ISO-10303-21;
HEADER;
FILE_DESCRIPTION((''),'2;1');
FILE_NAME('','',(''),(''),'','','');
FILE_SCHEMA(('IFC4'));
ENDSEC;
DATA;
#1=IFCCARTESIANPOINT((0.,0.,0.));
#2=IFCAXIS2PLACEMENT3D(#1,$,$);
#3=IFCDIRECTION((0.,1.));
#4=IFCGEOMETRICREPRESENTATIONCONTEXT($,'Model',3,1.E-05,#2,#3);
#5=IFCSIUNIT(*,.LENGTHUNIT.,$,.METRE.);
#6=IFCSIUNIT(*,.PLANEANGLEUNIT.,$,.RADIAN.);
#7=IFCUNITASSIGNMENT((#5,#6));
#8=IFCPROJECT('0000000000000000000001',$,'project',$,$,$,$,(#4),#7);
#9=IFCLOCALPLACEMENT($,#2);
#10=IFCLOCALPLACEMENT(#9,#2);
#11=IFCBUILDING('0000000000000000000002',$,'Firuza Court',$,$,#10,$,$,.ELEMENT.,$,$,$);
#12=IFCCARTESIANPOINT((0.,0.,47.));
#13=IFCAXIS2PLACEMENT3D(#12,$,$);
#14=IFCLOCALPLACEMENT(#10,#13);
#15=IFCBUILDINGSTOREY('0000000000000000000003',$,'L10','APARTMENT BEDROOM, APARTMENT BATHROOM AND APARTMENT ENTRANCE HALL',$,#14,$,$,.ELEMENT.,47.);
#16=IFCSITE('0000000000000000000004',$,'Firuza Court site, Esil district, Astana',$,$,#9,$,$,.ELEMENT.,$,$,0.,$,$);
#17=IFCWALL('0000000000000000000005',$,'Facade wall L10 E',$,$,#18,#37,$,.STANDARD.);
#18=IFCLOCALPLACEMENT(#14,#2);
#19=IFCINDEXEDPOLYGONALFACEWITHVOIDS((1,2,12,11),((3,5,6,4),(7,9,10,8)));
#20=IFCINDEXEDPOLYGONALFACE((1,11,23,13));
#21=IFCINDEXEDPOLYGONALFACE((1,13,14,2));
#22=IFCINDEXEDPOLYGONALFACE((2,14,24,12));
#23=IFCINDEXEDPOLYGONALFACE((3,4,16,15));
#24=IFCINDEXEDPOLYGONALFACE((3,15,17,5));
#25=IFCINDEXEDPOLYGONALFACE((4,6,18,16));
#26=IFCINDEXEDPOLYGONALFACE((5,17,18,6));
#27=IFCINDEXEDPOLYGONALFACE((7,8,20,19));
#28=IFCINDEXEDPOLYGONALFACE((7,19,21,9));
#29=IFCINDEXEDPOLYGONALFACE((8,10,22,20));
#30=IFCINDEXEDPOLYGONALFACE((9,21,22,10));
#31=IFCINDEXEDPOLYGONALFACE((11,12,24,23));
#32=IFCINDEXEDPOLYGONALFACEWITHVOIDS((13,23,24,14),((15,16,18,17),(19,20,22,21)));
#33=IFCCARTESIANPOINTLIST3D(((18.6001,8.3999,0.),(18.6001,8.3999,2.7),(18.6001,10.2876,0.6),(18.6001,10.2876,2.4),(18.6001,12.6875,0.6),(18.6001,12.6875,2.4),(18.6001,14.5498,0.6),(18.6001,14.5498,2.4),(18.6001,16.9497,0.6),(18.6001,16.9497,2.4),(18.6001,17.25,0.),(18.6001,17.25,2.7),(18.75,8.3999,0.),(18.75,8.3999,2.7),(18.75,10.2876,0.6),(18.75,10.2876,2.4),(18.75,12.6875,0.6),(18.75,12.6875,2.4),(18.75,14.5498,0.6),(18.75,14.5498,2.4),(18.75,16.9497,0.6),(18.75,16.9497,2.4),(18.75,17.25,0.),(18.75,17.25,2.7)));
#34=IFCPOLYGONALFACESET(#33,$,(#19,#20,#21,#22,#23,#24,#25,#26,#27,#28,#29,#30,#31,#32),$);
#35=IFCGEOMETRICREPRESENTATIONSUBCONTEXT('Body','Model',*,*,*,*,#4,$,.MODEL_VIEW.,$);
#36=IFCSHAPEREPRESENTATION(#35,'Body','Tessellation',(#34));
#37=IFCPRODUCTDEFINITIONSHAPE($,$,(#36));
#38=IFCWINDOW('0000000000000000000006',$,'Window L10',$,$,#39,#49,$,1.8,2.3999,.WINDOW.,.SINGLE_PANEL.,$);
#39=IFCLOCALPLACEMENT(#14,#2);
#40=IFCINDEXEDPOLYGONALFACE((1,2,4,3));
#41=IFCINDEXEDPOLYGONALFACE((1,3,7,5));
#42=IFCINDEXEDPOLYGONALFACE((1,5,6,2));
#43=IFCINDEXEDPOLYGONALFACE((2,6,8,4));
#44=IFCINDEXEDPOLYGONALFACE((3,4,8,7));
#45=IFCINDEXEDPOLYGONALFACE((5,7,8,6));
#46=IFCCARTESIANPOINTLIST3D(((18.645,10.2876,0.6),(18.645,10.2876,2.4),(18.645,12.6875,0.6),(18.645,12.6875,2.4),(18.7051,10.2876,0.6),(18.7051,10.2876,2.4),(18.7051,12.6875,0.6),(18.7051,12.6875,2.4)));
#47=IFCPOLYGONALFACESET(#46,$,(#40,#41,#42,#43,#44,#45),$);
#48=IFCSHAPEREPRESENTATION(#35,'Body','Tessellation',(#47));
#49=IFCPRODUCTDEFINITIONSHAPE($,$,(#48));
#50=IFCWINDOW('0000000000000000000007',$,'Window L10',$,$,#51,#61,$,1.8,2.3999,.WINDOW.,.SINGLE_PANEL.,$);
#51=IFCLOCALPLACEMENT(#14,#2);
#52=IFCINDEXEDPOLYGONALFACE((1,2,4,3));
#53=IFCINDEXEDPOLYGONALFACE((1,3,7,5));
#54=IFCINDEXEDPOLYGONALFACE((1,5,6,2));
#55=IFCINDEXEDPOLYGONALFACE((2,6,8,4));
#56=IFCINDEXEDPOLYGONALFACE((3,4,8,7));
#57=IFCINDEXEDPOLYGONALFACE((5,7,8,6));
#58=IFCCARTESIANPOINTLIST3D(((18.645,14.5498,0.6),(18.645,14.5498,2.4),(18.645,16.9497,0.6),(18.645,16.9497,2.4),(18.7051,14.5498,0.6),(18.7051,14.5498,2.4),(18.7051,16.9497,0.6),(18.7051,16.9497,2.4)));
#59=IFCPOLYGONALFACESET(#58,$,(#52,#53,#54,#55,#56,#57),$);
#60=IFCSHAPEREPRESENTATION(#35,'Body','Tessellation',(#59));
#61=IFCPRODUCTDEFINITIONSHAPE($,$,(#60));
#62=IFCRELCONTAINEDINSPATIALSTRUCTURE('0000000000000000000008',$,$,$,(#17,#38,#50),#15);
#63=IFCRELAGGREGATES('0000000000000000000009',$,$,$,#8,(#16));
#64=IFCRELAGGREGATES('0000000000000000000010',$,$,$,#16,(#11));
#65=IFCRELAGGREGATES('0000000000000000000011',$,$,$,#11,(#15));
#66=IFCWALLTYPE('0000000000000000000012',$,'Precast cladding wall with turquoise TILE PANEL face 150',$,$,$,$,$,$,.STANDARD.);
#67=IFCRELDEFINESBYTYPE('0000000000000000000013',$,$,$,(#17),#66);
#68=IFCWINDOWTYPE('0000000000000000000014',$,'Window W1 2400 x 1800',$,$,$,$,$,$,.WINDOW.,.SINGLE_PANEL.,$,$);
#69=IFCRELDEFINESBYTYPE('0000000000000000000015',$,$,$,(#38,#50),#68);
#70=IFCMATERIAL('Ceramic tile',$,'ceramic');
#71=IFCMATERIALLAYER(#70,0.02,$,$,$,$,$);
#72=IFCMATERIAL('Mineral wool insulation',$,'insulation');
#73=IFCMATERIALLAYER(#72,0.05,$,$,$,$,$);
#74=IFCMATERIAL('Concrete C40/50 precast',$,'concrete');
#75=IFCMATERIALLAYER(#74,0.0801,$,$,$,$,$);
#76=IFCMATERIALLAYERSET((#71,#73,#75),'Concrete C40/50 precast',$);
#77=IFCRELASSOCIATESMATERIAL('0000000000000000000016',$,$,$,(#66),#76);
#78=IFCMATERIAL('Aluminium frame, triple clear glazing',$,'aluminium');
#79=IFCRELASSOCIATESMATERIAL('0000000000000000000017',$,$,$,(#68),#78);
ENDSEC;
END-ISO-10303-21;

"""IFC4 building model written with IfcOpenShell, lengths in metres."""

from ifc_helpers import new_model, si_unit, direction, frame, frame_2d, origin, place, context, subcontext, project, spatial, rectangle, extrude, material, layer, layer_set, type_object, element, fill, save


model = new_model("IFC4")

# Units and contexts
model_context = context("Model", 3, precision=1e-05, world=origin(), true_north=direction((0.0, 1.0)))
body_context = subcontext(model_context, "Body", "Model", "MODEL_VIEW")
ifc_project = project(units=[si_unit("LENGTHUNIT", "METRE"), si_unit("PLANEANGLEUNIT", "RADIAN")], contexts=[model_context])

# Site, building, storey
site_placement = place(None, origin())
site = spatial("IfcSite", under=ifc_project, at=site_placement, Name="Firuza Court site, Esil district, Astana", CompositionType="ELEMENT", RefElevation=0.0)
building_placement = place(site_placement, origin())
building = spatial("IfcBuilding", under=site, at=building_placement, Name="Firuza Court", CompositionType="ELEMENT")
storey_placement = place(building_placement, frame((0.0, 0.0, 47.0)))
storey = spatial("IfcBuildingStorey", under=building, at=storey_placement, Name="L10", Description="APARTMENT BEDROOM, APARTMENT BATHROOM AND APARTMENT ENTRANCE HALL", CompositionType="ELEMENT", Elevation=47.0)

# Shared definitions
ifc_material_1 = material(Name="Ceramic tile", Category="ceramic")
ifc_layer_1 = layer(ifc_material_1, 0.02)
ifc_material_2 = material(Name="Mineral wool insulation", Category="insulation")
ifc_layer_2 = layer(ifc_material_2, 0.05)
ifc_material_3 = material(Name="Concrete C40/50 precast", Category="concrete")
ifc_layer_3 = layer(ifc_material_3, 0.0801)
ifc_layer_set_1 = layer_set([ifc_layer_1, ifc_layer_2, ifc_layer_3], Name="Concrete C40/50 precast")
wall_type_1 = type_object("IfcWallType", Name="Precast cladding wall with turquoise TILE PANEL face 150", PredefinedType="STANDARD", material=ifc_layer_set_1)
ifc_material_4 = material(Name="Aluminium frame, triple clear glazing", Category="aluminium")
window_type = type_object("IfcWindowType", Name="Window W1 2400 x 1800", PartitioningType="SINGLE_PANEL", PredefinedType="WINDOW", material=ifc_material_4)

# Wall, openings, windows
wall_1_placement = place(storey_placement, frame((18.675, 8.3999, 0.0), z_axis=(0.0, 0.0, 1.0), x_axis=(0.0, 1.0, 0.0)))
wall_1 = element("IfcWall", 1, at=wall_1_placement, inside=storey, type_object=wall_type_1, Name="Facade wall L10 E", PredefinedType="STANDARD", context=body_context, shape_type="SweptSolid", body=[
    extrude(rectangle(XDim=8.8501, YDim=0.1499, at=frame_2d((4.425, 0.0))), origin(), (0.0, 0.0, 1.0), 2.7),
])
opening_1_placement = place(wall_1_placement, frame((1.8877, 0.0, 0.6001)))
opening_1 = element("IfcOpeningElement", 2, at=opening_1_placement, cuts=wall_1, PredefinedType="OPENING", context=body_context, shape_type="SweptSolid", body=[
    extrude(rectangle(XDim=2.3999, YDim=1.8, at=frame_2d((1.2, 0.8999))), frame((0.0, 0.0869, 0.0), z_axis=(0.0, -1.0, 0.0), x_axis=(1.0, 0.0, 0.0)), (0.0, 0.0, 1.0), 0.1738),
])
opening_2_placement = place(wall_1_placement, frame((6.1499, 0.0, 0.6001)))
opening_2 = element("IfcOpeningElement", 3, at=opening_2_placement, cuts=wall_1, PredefinedType="OPENING", context=body_context, shape_type="SweptSolid", body=[
    extrude(rectangle(XDim=2.3999, YDim=1.8, at=frame_2d((1.2, 0.8999))), frame((0.0, 0.0869, 0.0), z_axis=(0.0, -1.0, 0.0), x_axis=(1.0, 0.0, 0.0)), (0.0, 0.0, 1.0), 0.1738),
])
window_1_placement = place(opening_1_placement, origin())
window_1 = element("IfcWindow", 4, at=window_1_placement, inside=storey, type_object=window_type, Name="Window L10", OverallHeight=1.8, OverallWidth=2.3999, PartitioningType="SINGLE_PANEL", PredefinedType="WINDOW", context=body_context, shape_type="SweptSolid", body=[
    extrude(rectangle(XDim=2.3999, YDim=1.8, at=frame_2d((1.2, 0.8999))), frame((0.0, 0.03, 0.0), z_axis=(0.0, -1.0, 0.0), x_axis=(1.0, 0.0, 0.0)), (0.0, 0.0, 1.0), 0.0601),
])
fill(opening_1, window_1)
window_2_placement = place(opening_2_placement, origin())
window_2 = element("IfcWindow", 5, at=window_2_placement, inside=storey, type_object=window_type, Name="Window L10", OverallHeight=1.8, OverallWidth=2.3999, PartitioningType="SINGLE_PANEL", PredefinedType="WINDOW", context=body_context, shape_type="SweptSolid", body=[
    extrude(rectangle(XDim=2.3999, YDim=1.8, at=frame_2d((1.2, 0.8999))), frame((0.0, 0.03, 0.0), z_axis=(0.0, -1.0, 0.0), x_axis=(1.0, 0.0, 0.0)), (0.0, 0.0, 1.0), 0.0601),
])
fill(opening_2, window_2)

save(model, "model.ifc")
